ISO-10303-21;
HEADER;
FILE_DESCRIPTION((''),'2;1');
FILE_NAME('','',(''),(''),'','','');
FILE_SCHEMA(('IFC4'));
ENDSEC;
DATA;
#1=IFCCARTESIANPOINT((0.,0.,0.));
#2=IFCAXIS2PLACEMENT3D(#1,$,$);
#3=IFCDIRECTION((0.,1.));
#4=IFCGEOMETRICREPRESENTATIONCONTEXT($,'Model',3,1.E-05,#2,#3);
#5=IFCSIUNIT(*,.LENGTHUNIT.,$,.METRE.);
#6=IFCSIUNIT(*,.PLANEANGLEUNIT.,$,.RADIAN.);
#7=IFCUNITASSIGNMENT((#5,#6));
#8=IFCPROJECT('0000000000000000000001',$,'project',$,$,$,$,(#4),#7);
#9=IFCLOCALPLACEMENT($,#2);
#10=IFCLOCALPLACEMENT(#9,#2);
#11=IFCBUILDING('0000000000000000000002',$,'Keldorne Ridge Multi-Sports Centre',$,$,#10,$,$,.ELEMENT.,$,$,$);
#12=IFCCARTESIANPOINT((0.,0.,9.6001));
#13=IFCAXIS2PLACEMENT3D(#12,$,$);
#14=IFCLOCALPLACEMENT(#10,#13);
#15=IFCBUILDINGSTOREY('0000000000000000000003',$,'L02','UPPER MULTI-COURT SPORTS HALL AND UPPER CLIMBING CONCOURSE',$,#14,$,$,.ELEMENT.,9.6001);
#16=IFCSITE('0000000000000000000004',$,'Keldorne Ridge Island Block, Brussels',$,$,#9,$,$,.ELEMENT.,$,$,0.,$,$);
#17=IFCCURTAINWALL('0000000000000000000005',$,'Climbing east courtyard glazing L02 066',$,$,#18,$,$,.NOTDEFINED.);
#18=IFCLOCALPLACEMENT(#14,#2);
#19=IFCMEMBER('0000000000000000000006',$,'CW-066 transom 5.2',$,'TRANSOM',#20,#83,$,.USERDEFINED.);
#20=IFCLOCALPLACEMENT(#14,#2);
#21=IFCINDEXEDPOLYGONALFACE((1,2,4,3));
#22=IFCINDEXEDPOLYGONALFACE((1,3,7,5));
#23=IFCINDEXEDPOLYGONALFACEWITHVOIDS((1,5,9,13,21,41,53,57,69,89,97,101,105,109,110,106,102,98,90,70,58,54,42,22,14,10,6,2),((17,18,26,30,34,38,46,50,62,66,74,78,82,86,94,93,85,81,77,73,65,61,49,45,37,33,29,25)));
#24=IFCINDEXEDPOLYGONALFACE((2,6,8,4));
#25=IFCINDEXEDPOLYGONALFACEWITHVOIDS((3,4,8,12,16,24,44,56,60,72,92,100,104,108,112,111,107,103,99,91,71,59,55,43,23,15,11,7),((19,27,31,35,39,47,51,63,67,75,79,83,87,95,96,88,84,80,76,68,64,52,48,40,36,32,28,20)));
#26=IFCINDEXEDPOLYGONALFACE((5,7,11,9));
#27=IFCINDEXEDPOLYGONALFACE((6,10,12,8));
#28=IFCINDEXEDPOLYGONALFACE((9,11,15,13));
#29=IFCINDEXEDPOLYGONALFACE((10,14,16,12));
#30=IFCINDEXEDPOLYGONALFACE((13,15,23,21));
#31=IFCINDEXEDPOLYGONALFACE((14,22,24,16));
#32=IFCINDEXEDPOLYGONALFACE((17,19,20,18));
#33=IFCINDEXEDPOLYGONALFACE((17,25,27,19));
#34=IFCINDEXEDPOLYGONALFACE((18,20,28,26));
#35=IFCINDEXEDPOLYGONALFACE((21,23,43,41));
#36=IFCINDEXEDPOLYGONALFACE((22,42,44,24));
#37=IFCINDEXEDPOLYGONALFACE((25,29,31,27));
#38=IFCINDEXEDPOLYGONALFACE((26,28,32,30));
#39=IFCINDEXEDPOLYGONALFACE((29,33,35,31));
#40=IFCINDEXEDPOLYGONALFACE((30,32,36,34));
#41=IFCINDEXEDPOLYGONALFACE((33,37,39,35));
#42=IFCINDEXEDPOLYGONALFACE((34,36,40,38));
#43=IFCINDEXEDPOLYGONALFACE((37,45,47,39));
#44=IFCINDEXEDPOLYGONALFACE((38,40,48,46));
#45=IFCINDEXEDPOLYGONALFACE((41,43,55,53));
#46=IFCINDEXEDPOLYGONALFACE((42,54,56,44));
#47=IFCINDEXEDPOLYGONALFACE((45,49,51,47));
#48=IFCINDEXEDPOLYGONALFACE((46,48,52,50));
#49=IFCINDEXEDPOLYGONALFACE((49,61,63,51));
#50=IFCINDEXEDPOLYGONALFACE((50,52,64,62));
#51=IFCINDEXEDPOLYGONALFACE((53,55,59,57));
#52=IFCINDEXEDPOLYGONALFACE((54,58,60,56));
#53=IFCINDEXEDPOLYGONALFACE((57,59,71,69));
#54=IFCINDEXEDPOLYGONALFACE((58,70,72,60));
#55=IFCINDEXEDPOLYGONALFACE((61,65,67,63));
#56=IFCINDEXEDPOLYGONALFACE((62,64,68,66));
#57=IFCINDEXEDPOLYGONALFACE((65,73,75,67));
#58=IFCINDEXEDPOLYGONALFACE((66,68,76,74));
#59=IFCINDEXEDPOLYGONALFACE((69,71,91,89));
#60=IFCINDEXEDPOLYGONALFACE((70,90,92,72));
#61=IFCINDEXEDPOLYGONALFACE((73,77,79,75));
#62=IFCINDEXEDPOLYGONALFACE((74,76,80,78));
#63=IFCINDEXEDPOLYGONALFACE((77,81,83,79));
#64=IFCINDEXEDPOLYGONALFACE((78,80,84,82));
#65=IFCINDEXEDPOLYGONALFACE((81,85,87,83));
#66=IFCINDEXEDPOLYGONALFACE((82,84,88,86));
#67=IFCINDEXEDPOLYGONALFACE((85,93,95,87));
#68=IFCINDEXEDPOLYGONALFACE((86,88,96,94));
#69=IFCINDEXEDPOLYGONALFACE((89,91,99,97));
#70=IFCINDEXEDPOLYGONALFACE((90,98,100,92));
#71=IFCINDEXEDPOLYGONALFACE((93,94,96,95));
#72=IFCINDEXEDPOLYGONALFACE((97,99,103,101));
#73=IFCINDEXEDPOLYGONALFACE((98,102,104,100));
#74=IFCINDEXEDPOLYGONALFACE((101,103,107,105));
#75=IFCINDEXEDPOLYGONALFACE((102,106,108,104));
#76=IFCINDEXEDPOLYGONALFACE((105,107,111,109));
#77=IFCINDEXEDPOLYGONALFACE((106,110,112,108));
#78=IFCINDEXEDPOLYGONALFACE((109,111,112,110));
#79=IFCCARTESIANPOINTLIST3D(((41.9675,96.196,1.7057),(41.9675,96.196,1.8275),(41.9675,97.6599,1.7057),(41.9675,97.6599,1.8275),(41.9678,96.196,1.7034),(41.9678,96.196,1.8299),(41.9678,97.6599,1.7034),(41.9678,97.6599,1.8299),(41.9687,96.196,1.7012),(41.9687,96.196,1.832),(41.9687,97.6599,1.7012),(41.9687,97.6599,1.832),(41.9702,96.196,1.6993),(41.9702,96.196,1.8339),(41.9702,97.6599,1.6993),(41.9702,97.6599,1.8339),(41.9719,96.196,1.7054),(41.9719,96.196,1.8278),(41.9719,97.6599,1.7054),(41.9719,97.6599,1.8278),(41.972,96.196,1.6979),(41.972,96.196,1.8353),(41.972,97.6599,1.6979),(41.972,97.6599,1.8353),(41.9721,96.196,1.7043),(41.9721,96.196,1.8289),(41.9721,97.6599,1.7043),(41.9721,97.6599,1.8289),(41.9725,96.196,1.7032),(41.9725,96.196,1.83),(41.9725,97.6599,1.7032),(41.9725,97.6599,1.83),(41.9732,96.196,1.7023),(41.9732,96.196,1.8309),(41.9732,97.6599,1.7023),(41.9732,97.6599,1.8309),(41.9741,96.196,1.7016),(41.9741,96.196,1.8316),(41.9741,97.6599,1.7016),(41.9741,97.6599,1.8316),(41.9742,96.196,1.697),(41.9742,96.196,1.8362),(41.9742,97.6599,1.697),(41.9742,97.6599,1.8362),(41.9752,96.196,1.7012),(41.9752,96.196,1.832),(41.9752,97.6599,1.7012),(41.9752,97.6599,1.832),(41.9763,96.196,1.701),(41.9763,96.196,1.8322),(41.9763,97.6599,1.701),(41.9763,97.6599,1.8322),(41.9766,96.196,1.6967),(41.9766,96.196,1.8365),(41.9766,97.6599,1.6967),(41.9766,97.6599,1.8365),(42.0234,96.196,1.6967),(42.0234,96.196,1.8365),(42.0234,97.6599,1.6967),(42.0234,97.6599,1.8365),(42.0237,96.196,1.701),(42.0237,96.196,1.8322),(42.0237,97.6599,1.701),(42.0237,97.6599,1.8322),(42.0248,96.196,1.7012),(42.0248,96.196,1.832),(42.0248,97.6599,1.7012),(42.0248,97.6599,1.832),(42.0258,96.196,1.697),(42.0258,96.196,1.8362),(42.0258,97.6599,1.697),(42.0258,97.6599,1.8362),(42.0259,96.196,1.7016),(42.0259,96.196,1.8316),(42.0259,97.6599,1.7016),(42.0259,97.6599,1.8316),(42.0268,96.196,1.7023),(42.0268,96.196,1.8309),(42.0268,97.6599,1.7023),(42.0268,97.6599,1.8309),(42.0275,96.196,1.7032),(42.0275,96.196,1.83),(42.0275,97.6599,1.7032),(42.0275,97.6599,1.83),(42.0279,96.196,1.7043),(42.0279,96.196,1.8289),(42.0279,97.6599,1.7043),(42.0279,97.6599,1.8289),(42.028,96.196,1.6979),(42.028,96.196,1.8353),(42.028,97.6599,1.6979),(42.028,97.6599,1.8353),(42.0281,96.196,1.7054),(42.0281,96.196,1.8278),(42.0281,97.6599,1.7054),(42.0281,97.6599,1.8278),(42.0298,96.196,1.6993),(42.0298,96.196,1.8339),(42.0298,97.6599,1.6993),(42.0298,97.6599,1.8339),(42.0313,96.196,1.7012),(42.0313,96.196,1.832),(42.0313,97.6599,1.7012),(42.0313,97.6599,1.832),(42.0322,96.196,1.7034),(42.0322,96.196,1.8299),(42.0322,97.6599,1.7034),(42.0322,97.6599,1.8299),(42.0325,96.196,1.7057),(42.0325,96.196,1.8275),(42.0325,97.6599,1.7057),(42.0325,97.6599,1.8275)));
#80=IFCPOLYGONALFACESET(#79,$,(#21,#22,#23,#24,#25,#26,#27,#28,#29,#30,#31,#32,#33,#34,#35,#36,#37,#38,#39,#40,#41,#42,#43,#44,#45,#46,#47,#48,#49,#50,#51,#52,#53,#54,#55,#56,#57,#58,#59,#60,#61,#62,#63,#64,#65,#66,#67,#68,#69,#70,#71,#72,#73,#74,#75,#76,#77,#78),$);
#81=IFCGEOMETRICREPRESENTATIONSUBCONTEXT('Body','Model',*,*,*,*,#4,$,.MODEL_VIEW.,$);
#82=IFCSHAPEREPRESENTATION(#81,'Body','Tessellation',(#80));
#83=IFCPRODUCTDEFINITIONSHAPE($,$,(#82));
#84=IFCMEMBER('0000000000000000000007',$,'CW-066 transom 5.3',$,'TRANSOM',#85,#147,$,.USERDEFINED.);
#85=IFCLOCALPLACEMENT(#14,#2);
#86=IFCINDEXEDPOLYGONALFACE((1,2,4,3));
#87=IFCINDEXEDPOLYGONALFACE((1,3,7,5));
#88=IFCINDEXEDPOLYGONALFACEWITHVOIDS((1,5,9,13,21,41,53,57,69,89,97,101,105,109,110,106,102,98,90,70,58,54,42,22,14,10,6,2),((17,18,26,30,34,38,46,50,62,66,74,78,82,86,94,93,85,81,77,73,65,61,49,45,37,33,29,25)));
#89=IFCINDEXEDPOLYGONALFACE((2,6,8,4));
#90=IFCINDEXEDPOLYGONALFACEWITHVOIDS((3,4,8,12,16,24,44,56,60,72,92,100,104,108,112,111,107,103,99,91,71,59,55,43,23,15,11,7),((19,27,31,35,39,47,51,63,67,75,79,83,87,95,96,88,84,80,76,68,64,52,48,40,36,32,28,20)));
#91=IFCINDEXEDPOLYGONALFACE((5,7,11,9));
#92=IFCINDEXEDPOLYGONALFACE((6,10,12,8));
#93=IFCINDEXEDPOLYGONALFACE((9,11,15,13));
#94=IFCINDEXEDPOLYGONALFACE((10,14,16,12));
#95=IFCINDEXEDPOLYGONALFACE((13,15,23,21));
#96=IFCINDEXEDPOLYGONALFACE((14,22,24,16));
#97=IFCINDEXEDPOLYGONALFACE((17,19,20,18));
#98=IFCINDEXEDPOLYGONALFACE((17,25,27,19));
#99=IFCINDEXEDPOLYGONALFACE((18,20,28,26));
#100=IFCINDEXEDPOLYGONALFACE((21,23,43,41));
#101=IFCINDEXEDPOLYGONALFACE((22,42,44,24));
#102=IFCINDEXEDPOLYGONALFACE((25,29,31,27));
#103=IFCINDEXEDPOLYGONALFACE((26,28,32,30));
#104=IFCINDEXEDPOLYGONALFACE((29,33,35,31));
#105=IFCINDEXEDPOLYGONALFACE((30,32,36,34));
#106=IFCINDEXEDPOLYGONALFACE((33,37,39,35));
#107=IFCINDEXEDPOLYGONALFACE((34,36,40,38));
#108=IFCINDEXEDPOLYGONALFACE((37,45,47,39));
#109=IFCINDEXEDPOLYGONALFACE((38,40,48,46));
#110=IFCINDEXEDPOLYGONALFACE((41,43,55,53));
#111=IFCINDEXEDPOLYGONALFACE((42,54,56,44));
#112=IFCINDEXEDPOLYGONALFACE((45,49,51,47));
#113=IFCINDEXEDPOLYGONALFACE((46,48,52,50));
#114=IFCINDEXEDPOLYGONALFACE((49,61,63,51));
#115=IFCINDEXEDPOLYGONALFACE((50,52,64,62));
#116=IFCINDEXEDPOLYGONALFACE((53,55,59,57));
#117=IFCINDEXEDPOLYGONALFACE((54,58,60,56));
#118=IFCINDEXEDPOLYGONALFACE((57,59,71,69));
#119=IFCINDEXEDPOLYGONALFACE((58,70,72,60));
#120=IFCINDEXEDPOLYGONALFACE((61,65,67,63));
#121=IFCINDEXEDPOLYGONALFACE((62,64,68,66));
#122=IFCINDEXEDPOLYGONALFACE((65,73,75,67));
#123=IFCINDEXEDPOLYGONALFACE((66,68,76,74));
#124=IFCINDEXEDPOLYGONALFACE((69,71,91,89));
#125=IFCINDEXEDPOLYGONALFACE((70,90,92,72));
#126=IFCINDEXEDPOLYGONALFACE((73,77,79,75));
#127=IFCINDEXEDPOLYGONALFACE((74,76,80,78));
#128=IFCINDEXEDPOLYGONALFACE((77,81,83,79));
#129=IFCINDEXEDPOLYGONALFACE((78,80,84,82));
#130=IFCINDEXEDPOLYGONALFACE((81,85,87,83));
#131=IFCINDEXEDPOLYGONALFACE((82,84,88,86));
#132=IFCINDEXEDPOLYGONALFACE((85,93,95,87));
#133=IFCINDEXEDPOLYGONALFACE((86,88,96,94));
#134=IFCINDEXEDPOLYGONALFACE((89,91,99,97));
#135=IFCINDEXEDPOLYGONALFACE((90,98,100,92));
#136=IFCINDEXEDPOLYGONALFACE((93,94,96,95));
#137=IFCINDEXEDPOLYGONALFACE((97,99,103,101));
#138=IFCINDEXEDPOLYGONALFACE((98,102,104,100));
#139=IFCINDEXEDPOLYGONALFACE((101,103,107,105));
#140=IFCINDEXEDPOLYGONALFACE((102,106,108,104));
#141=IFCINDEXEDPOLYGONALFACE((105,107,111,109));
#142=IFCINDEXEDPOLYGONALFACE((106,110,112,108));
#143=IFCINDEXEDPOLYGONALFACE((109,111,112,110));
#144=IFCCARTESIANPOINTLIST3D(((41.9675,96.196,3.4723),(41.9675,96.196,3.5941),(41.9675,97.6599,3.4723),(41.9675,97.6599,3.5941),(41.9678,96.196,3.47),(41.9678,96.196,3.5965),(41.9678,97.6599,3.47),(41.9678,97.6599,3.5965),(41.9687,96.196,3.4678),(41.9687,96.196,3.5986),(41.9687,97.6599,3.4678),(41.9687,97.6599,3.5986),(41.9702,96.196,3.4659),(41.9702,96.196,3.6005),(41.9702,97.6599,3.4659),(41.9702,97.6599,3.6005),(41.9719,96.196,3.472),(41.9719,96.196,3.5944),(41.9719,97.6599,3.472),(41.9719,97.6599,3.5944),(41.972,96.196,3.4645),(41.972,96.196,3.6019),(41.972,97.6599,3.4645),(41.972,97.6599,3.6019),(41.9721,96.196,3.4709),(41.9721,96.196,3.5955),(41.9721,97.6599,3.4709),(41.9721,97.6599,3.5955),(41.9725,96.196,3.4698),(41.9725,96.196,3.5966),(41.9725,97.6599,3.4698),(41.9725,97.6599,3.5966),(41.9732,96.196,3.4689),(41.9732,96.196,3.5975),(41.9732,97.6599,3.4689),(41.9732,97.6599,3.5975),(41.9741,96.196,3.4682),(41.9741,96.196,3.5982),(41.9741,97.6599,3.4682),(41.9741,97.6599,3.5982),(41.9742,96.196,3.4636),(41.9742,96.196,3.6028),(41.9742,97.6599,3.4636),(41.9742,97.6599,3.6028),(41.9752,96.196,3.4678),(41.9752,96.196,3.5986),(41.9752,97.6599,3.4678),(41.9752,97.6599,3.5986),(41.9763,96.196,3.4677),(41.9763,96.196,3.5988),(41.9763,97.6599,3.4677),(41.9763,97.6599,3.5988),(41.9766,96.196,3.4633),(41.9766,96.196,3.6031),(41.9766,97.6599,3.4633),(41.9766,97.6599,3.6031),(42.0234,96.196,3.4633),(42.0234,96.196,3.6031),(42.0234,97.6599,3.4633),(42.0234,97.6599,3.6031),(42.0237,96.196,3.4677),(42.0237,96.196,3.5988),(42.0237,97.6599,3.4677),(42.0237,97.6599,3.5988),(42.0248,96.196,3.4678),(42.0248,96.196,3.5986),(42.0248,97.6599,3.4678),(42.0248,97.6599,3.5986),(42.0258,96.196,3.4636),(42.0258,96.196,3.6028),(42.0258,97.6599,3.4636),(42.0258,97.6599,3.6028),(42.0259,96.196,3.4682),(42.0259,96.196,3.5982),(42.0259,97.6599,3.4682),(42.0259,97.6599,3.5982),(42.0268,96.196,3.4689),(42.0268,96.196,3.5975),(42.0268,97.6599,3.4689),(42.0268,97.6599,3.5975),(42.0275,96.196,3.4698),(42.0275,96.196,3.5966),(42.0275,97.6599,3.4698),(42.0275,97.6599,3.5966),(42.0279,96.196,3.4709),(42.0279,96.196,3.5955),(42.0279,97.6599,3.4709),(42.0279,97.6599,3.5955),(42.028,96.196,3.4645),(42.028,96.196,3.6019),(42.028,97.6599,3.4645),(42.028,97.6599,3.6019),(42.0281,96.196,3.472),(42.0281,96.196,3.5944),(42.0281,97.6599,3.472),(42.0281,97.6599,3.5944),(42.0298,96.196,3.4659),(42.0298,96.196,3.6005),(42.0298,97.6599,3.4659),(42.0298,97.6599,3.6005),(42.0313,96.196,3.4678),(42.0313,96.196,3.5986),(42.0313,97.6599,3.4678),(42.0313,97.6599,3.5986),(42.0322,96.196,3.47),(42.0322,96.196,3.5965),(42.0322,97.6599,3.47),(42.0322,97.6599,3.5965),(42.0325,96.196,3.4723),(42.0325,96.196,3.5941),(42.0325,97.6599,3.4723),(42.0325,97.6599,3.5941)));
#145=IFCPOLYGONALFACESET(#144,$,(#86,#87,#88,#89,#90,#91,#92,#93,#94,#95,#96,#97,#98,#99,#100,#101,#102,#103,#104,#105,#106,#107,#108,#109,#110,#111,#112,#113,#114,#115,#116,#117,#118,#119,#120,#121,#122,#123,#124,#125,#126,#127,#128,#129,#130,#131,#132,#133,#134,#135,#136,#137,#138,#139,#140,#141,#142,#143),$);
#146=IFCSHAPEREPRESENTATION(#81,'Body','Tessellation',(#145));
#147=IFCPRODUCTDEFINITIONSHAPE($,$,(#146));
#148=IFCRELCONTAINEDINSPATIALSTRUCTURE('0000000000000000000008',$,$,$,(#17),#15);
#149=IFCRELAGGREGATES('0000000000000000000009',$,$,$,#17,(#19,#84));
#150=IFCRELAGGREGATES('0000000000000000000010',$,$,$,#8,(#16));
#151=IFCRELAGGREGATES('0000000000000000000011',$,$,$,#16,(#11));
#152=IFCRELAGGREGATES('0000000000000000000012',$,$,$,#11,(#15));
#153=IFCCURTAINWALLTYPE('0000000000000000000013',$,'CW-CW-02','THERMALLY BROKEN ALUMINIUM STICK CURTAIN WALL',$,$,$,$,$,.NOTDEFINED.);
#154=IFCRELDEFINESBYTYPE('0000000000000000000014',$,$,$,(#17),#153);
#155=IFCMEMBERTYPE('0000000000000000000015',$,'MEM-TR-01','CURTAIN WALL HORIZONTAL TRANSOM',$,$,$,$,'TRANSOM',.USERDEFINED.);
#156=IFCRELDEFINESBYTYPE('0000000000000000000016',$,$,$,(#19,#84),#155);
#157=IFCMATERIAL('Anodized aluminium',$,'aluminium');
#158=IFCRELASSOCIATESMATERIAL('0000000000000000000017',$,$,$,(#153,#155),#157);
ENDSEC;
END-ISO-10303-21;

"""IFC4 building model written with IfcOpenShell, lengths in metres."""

from ifc_helpers import new_model, si_unit, direction, frame, origin, origin_2d, place, context, subcontext, project, spatial, hollow_rectangle, extrude, material, material_profile, profile_set, type_object, element, aggregate, save


model = new_model("IFC4")

# Units and contexts
model_context = context("Model", 3, precision=1e-05, world=origin(), true_north=direction((0.0, 1.0)))
body_context = subcontext(model_context, "Body", "Model", "MODEL_VIEW")
ifc_project = project(units=[si_unit("LENGTHUNIT", "METRE"), si_unit("PLANEANGLEUNIT", "RADIAN")], contexts=[model_context])

# Site, building, storey
site_placement = place(None, origin())
site = spatial("IfcSite", under=ifc_project, at=site_placement, Name="Keldorne Ridge Island Block, Brussels", CompositionType="ELEMENT", RefElevation=0.0)
building_placement = place(site_placement, origin())
building = spatial("IfcBuilding", under=site, at=building_placement, Name="Keldorne Ridge Multi-Sports Centre", CompositionType="ELEMENT")
storey_placement = place(building_placement, frame((0.0, 0.0, 9.6001)))
storey = spatial("IfcBuildingStorey", under=building, at=storey_placement, Name="L02", Description="UPPER MULTI-COURT SPORTS HALL AND UPPER CLIMBING CONCOURSE", CompositionType="ELEMENT", Elevation=9.6001)

# Curtain wall, members
ifc_material_1 = material(Name="Anodized aluminium", Category="aluminium")
curtain_wall_type = type_object("IfcCurtainWallType", Name="CW-CW-02", Description="THERMALLY BROKEN ALUMINIUM STICK CURTAIN WALL", PredefinedType="NOTDEFINED", material=ifc_material_1)
curtain_wall_placement = place(storey_placement, origin())
curtain_wall = element("IfcCurtainWall", 1, at=curtain_wall_placement, inside=storey, type_object=curtain_wall_type, Name="Climbing east courtyard glazing L02 066", PredefinedType="NOTDEFINED")
ifc_material_profile_1 = material_profile(ifc_material_1, hollow_rectangle(XDim=0.0649, YDim=0.1399, WallThickness=0.0044, InnerFilletRadius=0.0044, OuterFilletRadius=0.009, at=origin_2d()), Name="ALU TRANSOM 140x65x4.5")
ifc_profile_set_1 = profile_set([ifc_material_profile_1], Name="Anodized aluminium")
member_type_1 = type_object("IfcMemberType", Name="MEM-TR-01", Description="CURTAIN WALL HORIZONTAL TRANSOM", ElementType="TRANSOM", PredefinedType="USERDEFINED", material=ifc_profile_set_1)
member_1_placement = place(storey_placement, frame((42.0, 96.196, 1.7666), z_axis=(0.0, 1.0, 0.0), x_axis=(-1.0, 0.0, 0.0)))
member_1 = element("IfcMember", 2, at=member_1_placement, type_object=member_type_1, Name="CW-066 transom 5.2", ObjectType="TRANSOM", PredefinedType="USERDEFINED", context=body_context, shape_type="SweptSolid", body=[
    extrude(hollow_rectangle(XDim=0.0649, YDim=0.1399, WallThickness=0.0044, InnerFilletRadius=0.0044, OuterFilletRadius=0.009, at=origin_2d()), origin(), (0.0, 0.0, 1.0), 1.4639),
])
member_2_placement = place(storey_placement, frame((42.0, 96.196, 3.5332), z_axis=(0.0, 1.0, 0.0), x_axis=(-1.0, 0.0, 0.0)))
member_2 = element("IfcMember", 3, at=member_2_placement, type_object=member_type_1, Name="CW-066 transom 5.3", ObjectType="TRANSOM", PredefinedType="USERDEFINED", context=body_context, shape_type="SweptSolid", body=[
    extrude(hollow_rectangle(XDim=0.0649, YDim=0.1399, WallThickness=0.0044, InnerFilletRadius=0.0044, OuterFilletRadius=0.009, at=origin_2d()), origin(), (0.0, 0.0, 1.0), 1.4639),
])
aggregate(curtain_wall, [member_1, member_2])

save(model, "model.ifc")
